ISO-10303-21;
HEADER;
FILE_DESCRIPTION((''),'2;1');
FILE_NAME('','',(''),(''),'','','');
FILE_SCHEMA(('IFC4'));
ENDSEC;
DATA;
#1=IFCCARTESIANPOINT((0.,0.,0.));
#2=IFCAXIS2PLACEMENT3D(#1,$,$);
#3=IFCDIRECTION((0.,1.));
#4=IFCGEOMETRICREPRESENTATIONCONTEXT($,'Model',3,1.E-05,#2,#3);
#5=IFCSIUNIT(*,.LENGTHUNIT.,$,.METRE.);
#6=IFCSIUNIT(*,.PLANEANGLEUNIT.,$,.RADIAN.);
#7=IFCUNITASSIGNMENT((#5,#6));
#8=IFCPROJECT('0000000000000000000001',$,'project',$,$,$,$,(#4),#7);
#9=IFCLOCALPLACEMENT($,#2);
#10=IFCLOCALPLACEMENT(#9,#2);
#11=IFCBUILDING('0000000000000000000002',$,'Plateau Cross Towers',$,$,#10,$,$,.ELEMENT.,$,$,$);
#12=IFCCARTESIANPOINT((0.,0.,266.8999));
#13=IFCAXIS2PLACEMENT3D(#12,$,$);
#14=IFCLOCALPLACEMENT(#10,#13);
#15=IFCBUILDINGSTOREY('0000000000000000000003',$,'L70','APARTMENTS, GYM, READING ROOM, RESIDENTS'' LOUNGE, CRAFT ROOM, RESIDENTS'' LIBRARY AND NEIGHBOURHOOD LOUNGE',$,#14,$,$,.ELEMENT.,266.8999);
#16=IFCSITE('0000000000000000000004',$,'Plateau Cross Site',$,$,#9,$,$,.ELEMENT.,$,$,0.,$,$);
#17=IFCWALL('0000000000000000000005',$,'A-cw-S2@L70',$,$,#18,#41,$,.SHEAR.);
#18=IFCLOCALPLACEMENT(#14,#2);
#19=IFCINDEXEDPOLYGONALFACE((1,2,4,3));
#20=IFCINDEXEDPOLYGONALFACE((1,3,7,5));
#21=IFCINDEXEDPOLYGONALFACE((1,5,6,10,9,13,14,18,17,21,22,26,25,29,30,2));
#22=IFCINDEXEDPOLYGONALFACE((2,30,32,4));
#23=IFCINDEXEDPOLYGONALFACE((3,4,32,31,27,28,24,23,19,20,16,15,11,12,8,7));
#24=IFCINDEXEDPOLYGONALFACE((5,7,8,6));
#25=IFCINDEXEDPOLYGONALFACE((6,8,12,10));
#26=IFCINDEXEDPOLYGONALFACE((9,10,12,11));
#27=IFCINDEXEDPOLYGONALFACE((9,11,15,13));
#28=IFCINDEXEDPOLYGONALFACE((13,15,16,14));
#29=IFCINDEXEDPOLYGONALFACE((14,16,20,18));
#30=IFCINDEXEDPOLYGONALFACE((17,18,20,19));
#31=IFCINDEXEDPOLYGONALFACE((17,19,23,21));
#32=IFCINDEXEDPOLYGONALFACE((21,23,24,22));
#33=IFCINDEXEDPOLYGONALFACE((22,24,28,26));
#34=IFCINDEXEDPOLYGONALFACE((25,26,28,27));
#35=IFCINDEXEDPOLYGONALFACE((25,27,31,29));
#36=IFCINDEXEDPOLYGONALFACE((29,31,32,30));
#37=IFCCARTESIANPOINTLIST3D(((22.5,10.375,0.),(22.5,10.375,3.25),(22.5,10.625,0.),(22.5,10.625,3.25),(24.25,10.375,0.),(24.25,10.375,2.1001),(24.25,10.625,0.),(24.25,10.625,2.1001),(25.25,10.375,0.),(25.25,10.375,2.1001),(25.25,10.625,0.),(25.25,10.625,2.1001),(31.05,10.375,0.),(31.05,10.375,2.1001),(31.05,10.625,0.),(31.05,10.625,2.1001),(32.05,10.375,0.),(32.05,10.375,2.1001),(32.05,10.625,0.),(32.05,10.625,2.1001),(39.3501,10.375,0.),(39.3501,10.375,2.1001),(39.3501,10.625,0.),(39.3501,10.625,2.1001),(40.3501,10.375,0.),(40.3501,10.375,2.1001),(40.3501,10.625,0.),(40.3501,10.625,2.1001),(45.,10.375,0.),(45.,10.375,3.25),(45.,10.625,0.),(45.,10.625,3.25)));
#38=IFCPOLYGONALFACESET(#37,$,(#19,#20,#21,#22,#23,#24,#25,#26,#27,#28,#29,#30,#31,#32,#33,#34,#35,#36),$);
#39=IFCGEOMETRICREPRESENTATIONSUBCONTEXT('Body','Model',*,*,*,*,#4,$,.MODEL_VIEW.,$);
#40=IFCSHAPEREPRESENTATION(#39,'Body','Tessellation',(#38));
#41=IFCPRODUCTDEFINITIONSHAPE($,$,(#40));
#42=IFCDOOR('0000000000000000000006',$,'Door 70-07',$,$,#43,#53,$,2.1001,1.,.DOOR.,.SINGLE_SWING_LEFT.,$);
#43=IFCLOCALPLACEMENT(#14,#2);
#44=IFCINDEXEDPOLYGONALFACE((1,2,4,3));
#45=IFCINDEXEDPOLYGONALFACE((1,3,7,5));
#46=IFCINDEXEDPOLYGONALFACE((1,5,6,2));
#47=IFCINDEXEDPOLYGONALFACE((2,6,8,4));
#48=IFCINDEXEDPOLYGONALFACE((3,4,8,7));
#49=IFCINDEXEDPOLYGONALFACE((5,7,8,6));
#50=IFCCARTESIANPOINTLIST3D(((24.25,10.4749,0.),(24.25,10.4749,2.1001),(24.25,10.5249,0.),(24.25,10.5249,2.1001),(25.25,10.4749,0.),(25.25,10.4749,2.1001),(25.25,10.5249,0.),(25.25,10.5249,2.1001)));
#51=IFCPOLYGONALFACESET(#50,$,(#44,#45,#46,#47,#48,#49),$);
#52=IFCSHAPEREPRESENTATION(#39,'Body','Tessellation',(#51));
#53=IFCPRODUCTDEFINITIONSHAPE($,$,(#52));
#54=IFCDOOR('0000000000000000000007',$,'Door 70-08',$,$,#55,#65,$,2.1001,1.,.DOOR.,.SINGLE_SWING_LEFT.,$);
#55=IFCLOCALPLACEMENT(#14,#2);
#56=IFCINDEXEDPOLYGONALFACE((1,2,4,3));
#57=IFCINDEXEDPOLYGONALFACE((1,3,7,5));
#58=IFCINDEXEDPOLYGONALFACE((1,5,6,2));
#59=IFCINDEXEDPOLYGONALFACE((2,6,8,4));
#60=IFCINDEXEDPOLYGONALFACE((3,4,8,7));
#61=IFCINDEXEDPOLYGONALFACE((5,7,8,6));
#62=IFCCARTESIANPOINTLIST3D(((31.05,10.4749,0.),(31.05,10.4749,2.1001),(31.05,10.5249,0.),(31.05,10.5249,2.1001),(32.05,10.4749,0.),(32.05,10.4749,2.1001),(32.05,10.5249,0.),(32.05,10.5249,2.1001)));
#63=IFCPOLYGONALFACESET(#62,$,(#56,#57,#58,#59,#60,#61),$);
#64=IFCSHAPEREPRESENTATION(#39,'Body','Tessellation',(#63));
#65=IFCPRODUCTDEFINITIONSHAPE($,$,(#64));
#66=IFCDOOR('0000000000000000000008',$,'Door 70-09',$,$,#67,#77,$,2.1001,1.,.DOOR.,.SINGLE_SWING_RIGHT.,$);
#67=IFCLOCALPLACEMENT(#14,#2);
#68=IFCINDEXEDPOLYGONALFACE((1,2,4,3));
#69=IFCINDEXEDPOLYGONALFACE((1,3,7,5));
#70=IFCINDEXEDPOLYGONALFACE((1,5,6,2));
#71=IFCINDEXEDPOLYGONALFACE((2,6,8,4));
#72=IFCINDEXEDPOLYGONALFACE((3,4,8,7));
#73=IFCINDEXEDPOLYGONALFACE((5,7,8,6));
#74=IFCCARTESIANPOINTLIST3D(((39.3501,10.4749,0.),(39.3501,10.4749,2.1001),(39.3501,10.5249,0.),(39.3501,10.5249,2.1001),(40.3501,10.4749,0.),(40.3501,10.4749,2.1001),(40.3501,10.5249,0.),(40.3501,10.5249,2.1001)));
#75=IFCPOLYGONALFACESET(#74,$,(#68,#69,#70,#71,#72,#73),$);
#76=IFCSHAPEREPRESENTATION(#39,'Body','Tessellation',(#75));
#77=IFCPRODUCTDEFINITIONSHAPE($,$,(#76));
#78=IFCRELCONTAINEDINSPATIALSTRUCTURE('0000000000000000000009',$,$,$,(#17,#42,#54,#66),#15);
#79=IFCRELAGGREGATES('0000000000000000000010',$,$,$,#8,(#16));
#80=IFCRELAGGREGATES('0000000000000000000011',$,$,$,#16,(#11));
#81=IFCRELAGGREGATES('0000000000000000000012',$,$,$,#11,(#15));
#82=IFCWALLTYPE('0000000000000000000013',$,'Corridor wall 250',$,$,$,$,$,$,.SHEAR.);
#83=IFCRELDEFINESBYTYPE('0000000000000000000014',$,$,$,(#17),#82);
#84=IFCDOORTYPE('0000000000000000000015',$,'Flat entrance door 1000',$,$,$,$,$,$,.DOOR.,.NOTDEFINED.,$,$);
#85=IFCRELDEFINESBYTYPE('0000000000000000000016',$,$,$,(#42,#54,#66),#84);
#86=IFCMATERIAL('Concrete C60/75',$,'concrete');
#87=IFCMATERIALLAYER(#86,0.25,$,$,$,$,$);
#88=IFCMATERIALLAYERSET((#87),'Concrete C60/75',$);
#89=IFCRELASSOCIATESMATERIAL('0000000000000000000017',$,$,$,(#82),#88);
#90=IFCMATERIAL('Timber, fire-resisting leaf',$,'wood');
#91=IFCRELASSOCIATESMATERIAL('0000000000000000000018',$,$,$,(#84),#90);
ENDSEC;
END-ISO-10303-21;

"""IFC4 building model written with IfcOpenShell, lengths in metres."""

from ifc_helpers import new_model, si_unit, direction, frame, frame_2d, origin, place, context, subcontext, project, spatial, rectangle, extrude, material, layer, layer_set, type_object, element, fill, save


model = new_model("IFC4")

# Units and contexts
model_context = context("Model", 3, precision=1e-05, world=origin(), true_north=direction((0.0, 1.0)))
body_context = subcontext(model_context, "Body", "Model", "MODEL_VIEW")
ifc_project = project(units=[si_unit("LENGTHUNIT", "METRE"), si_unit("PLANEANGLEUNIT", "RADIAN")], contexts=[model_context])

# Site, building, storey
site_placement = place(None, origin())
site = spatial("IfcSite", under=ifc_project, at=site_placement, Name="Plateau Cross Site", CompositionType="ELEMENT", RefElevation=0.0)
building_placement = place(site_placement, origin())
building = spatial("IfcBuilding", under=site, at=building_placement, Name="Plateau Cross Towers", CompositionType="ELEMENT")
storey_placement = place(building_placement, frame((0.0, 0.0, 266.8999)))
storey = spatial("IfcBuildingStorey", under=building, at=storey_placement, Name="L70", Description="APARTMENTS, GYM, READING ROOM, RESIDENTS' LOUNGE, CRAFT ROOM, RESIDENTS' LIBRARY AND NEIGHBOURHOOD LOUNGE", CompositionType="ELEMENT", Elevation=266.8999)

# Shared definitions
ifc_material_1 = material(Name="Concrete C60/75", Category="concrete")

# Wall, openings, doors
ifc_layer_1 = layer(ifc_material_1, 0.25)
ifc_layer_set_1 = layer_set([ifc_layer_1], Name="Concrete C60/75")
wall_type_1 = type_object("IfcWallType", Name="Corridor wall 250", PredefinedType="SHEAR", material=ifc_layer_set_1)
ifc_material_2 = material(Name="Timber, fire-resisting leaf", Category="wood")
door_type_1 = type_object("IfcDoorType", Name="Flat entrance door 1000", OperationType="NOTDEFINED", PredefinedType="DOOR", material=ifc_material_2)
wall_1_placement = place(storey_placement, frame((22.5, 10.5, 0.0), z_axis=(0.0, 0.0, 1.0), x_axis=(1.0, 0.0, 0.0)))
wall_1 = element("IfcWall", 1, at=wall_1_placement, inside=storey, type_object=wall_type_1, Name="A-cw-S2@L70", PredefinedType="SHEAR", context=body_context, shape_type="SweptSolid", body=[
    extrude(rectangle(XDim=22.5, YDim=0.25, at=frame_2d((11.25, 0.0))), origin(), (0.0, 0.0, 1.0), 3.25),
])
opening_1_placement = place(wall_1_placement, frame((1.75, 0.0, 0.0)))
opening_1 = element("IfcOpeningElement", 2, at=opening_1_placement, cuts=wall_1, PredefinedType="OPENING", context=body_context, shape_type="SweptSolid", body=[
    extrude(rectangle(XDim=1.0, YDim=2.1001, at=frame_2d((0.5, 1.05))), frame((0.0, 0.135, 0.0), z_axis=(0.0, -1.0, 0.0), x_axis=(1.0, 0.0, 0.0)), (0.0, 0.0, 1.0), 0.27),
])
opening_2_placement = place(wall_1_placement, frame((8.55, 0.0, 0.0)))
opening_2 = element("IfcOpeningElement", 3, at=opening_2_placement, cuts=wall_1, PredefinedType="OPENING", context=body_context, shape_type="SweptSolid", body=[
    extrude(rectangle(XDim=1.0, YDim=2.1001, at=frame_2d((0.5, 1.05))), frame((0.0, 0.135, 0.0), z_axis=(0.0, -1.0, 0.0), x_axis=(1.0, 0.0, 0.0)), (0.0, 0.0, 1.0), 0.27),
])
opening_3_placement = place(wall_1_placement, frame((16.8501, 0.0, 0.0)))
opening_3 = element("IfcOpeningElement", 4, at=opening_3_placement, cuts=wall_1, PredefinedType="OPENING", context=body_context, shape_type="SweptSolid", body=[
    extrude(rectangle(XDim=1.0, YDim=2.1001, at=frame_2d((0.5, 1.05))), frame((0.0, 0.135, 0.0), z_axis=(0.0, -1.0, 0.0), x_axis=(1.0, 0.0, 0.0)), (0.0, 0.0, 1.0), 0.27),
])
door_1_placement = place(opening_1_placement, origin())
door_1 = element("IfcDoor", 5, at=door_1_placement, inside=storey, type_object=door_type_1, Name="Door 70-07", OperationType="SINGLE_SWING_LEFT", OverallHeight=2.1001, OverallWidth=1.0, PredefinedType="DOOR", context=body_context, shape_type="SweptSolid", body=[
    extrude(rectangle(XDim=1.0, YDim=2.1001, at=frame_2d((0.5, 1.05))), frame((0.0, 0.0249, 0.0), z_axis=(0.0, -1.0, 0.0), x_axis=(1.0, 0.0, 0.0)), (0.0, 0.0, 1.0), 0.05),
])
fill(opening_1, door_1)
door_2_placement = place(opening_2_placement, origin())
door_2 = element("IfcDoor", 6, at=door_2_placement, inside=storey, type_object=door_type_1, Name="Door 70-08", OperationType="SINGLE_SWING_LEFT", OverallHeight=2.1001, OverallWidth=1.0, PredefinedType="DOOR", context=body_context, shape_type="SweptSolid", body=[
    extrude(rectangle(XDim=1.0, YDim=2.1001, at=frame_2d((0.5, 1.05))), frame((0.0, 0.0249, 0.0), z_axis=(0.0, -1.0, 0.0), x_axis=(1.0, 0.0, 0.0)), (0.0, 0.0, 1.0), 0.05),
])
fill(opening_2, door_2)
door_3_placement = place(opening_3_placement, origin())
door_3 = element("IfcDoor", 7, at=door_3_placement, inside=storey, type_object=door_type_1, Name="Door 70-09", OperationType="SINGLE_SWING_RIGHT", OverallHeight=2.1001, OverallWidth=1.0, PredefinedType="DOOR", context=body_context, shape_type="SweptSolid", body=[
    extrude(rectangle(XDim=1.0, YDim=2.1001, at=frame_2d((0.5, 1.05))), frame((0.0, 0.0249, 0.0), z_axis=(0.0, -1.0, 0.0), x_axis=(1.0, 0.0, 0.0)), (0.0, 0.0, 1.0), 0.05),
])
fill(opening_3, door_3)

save(model, "model.ifc")
